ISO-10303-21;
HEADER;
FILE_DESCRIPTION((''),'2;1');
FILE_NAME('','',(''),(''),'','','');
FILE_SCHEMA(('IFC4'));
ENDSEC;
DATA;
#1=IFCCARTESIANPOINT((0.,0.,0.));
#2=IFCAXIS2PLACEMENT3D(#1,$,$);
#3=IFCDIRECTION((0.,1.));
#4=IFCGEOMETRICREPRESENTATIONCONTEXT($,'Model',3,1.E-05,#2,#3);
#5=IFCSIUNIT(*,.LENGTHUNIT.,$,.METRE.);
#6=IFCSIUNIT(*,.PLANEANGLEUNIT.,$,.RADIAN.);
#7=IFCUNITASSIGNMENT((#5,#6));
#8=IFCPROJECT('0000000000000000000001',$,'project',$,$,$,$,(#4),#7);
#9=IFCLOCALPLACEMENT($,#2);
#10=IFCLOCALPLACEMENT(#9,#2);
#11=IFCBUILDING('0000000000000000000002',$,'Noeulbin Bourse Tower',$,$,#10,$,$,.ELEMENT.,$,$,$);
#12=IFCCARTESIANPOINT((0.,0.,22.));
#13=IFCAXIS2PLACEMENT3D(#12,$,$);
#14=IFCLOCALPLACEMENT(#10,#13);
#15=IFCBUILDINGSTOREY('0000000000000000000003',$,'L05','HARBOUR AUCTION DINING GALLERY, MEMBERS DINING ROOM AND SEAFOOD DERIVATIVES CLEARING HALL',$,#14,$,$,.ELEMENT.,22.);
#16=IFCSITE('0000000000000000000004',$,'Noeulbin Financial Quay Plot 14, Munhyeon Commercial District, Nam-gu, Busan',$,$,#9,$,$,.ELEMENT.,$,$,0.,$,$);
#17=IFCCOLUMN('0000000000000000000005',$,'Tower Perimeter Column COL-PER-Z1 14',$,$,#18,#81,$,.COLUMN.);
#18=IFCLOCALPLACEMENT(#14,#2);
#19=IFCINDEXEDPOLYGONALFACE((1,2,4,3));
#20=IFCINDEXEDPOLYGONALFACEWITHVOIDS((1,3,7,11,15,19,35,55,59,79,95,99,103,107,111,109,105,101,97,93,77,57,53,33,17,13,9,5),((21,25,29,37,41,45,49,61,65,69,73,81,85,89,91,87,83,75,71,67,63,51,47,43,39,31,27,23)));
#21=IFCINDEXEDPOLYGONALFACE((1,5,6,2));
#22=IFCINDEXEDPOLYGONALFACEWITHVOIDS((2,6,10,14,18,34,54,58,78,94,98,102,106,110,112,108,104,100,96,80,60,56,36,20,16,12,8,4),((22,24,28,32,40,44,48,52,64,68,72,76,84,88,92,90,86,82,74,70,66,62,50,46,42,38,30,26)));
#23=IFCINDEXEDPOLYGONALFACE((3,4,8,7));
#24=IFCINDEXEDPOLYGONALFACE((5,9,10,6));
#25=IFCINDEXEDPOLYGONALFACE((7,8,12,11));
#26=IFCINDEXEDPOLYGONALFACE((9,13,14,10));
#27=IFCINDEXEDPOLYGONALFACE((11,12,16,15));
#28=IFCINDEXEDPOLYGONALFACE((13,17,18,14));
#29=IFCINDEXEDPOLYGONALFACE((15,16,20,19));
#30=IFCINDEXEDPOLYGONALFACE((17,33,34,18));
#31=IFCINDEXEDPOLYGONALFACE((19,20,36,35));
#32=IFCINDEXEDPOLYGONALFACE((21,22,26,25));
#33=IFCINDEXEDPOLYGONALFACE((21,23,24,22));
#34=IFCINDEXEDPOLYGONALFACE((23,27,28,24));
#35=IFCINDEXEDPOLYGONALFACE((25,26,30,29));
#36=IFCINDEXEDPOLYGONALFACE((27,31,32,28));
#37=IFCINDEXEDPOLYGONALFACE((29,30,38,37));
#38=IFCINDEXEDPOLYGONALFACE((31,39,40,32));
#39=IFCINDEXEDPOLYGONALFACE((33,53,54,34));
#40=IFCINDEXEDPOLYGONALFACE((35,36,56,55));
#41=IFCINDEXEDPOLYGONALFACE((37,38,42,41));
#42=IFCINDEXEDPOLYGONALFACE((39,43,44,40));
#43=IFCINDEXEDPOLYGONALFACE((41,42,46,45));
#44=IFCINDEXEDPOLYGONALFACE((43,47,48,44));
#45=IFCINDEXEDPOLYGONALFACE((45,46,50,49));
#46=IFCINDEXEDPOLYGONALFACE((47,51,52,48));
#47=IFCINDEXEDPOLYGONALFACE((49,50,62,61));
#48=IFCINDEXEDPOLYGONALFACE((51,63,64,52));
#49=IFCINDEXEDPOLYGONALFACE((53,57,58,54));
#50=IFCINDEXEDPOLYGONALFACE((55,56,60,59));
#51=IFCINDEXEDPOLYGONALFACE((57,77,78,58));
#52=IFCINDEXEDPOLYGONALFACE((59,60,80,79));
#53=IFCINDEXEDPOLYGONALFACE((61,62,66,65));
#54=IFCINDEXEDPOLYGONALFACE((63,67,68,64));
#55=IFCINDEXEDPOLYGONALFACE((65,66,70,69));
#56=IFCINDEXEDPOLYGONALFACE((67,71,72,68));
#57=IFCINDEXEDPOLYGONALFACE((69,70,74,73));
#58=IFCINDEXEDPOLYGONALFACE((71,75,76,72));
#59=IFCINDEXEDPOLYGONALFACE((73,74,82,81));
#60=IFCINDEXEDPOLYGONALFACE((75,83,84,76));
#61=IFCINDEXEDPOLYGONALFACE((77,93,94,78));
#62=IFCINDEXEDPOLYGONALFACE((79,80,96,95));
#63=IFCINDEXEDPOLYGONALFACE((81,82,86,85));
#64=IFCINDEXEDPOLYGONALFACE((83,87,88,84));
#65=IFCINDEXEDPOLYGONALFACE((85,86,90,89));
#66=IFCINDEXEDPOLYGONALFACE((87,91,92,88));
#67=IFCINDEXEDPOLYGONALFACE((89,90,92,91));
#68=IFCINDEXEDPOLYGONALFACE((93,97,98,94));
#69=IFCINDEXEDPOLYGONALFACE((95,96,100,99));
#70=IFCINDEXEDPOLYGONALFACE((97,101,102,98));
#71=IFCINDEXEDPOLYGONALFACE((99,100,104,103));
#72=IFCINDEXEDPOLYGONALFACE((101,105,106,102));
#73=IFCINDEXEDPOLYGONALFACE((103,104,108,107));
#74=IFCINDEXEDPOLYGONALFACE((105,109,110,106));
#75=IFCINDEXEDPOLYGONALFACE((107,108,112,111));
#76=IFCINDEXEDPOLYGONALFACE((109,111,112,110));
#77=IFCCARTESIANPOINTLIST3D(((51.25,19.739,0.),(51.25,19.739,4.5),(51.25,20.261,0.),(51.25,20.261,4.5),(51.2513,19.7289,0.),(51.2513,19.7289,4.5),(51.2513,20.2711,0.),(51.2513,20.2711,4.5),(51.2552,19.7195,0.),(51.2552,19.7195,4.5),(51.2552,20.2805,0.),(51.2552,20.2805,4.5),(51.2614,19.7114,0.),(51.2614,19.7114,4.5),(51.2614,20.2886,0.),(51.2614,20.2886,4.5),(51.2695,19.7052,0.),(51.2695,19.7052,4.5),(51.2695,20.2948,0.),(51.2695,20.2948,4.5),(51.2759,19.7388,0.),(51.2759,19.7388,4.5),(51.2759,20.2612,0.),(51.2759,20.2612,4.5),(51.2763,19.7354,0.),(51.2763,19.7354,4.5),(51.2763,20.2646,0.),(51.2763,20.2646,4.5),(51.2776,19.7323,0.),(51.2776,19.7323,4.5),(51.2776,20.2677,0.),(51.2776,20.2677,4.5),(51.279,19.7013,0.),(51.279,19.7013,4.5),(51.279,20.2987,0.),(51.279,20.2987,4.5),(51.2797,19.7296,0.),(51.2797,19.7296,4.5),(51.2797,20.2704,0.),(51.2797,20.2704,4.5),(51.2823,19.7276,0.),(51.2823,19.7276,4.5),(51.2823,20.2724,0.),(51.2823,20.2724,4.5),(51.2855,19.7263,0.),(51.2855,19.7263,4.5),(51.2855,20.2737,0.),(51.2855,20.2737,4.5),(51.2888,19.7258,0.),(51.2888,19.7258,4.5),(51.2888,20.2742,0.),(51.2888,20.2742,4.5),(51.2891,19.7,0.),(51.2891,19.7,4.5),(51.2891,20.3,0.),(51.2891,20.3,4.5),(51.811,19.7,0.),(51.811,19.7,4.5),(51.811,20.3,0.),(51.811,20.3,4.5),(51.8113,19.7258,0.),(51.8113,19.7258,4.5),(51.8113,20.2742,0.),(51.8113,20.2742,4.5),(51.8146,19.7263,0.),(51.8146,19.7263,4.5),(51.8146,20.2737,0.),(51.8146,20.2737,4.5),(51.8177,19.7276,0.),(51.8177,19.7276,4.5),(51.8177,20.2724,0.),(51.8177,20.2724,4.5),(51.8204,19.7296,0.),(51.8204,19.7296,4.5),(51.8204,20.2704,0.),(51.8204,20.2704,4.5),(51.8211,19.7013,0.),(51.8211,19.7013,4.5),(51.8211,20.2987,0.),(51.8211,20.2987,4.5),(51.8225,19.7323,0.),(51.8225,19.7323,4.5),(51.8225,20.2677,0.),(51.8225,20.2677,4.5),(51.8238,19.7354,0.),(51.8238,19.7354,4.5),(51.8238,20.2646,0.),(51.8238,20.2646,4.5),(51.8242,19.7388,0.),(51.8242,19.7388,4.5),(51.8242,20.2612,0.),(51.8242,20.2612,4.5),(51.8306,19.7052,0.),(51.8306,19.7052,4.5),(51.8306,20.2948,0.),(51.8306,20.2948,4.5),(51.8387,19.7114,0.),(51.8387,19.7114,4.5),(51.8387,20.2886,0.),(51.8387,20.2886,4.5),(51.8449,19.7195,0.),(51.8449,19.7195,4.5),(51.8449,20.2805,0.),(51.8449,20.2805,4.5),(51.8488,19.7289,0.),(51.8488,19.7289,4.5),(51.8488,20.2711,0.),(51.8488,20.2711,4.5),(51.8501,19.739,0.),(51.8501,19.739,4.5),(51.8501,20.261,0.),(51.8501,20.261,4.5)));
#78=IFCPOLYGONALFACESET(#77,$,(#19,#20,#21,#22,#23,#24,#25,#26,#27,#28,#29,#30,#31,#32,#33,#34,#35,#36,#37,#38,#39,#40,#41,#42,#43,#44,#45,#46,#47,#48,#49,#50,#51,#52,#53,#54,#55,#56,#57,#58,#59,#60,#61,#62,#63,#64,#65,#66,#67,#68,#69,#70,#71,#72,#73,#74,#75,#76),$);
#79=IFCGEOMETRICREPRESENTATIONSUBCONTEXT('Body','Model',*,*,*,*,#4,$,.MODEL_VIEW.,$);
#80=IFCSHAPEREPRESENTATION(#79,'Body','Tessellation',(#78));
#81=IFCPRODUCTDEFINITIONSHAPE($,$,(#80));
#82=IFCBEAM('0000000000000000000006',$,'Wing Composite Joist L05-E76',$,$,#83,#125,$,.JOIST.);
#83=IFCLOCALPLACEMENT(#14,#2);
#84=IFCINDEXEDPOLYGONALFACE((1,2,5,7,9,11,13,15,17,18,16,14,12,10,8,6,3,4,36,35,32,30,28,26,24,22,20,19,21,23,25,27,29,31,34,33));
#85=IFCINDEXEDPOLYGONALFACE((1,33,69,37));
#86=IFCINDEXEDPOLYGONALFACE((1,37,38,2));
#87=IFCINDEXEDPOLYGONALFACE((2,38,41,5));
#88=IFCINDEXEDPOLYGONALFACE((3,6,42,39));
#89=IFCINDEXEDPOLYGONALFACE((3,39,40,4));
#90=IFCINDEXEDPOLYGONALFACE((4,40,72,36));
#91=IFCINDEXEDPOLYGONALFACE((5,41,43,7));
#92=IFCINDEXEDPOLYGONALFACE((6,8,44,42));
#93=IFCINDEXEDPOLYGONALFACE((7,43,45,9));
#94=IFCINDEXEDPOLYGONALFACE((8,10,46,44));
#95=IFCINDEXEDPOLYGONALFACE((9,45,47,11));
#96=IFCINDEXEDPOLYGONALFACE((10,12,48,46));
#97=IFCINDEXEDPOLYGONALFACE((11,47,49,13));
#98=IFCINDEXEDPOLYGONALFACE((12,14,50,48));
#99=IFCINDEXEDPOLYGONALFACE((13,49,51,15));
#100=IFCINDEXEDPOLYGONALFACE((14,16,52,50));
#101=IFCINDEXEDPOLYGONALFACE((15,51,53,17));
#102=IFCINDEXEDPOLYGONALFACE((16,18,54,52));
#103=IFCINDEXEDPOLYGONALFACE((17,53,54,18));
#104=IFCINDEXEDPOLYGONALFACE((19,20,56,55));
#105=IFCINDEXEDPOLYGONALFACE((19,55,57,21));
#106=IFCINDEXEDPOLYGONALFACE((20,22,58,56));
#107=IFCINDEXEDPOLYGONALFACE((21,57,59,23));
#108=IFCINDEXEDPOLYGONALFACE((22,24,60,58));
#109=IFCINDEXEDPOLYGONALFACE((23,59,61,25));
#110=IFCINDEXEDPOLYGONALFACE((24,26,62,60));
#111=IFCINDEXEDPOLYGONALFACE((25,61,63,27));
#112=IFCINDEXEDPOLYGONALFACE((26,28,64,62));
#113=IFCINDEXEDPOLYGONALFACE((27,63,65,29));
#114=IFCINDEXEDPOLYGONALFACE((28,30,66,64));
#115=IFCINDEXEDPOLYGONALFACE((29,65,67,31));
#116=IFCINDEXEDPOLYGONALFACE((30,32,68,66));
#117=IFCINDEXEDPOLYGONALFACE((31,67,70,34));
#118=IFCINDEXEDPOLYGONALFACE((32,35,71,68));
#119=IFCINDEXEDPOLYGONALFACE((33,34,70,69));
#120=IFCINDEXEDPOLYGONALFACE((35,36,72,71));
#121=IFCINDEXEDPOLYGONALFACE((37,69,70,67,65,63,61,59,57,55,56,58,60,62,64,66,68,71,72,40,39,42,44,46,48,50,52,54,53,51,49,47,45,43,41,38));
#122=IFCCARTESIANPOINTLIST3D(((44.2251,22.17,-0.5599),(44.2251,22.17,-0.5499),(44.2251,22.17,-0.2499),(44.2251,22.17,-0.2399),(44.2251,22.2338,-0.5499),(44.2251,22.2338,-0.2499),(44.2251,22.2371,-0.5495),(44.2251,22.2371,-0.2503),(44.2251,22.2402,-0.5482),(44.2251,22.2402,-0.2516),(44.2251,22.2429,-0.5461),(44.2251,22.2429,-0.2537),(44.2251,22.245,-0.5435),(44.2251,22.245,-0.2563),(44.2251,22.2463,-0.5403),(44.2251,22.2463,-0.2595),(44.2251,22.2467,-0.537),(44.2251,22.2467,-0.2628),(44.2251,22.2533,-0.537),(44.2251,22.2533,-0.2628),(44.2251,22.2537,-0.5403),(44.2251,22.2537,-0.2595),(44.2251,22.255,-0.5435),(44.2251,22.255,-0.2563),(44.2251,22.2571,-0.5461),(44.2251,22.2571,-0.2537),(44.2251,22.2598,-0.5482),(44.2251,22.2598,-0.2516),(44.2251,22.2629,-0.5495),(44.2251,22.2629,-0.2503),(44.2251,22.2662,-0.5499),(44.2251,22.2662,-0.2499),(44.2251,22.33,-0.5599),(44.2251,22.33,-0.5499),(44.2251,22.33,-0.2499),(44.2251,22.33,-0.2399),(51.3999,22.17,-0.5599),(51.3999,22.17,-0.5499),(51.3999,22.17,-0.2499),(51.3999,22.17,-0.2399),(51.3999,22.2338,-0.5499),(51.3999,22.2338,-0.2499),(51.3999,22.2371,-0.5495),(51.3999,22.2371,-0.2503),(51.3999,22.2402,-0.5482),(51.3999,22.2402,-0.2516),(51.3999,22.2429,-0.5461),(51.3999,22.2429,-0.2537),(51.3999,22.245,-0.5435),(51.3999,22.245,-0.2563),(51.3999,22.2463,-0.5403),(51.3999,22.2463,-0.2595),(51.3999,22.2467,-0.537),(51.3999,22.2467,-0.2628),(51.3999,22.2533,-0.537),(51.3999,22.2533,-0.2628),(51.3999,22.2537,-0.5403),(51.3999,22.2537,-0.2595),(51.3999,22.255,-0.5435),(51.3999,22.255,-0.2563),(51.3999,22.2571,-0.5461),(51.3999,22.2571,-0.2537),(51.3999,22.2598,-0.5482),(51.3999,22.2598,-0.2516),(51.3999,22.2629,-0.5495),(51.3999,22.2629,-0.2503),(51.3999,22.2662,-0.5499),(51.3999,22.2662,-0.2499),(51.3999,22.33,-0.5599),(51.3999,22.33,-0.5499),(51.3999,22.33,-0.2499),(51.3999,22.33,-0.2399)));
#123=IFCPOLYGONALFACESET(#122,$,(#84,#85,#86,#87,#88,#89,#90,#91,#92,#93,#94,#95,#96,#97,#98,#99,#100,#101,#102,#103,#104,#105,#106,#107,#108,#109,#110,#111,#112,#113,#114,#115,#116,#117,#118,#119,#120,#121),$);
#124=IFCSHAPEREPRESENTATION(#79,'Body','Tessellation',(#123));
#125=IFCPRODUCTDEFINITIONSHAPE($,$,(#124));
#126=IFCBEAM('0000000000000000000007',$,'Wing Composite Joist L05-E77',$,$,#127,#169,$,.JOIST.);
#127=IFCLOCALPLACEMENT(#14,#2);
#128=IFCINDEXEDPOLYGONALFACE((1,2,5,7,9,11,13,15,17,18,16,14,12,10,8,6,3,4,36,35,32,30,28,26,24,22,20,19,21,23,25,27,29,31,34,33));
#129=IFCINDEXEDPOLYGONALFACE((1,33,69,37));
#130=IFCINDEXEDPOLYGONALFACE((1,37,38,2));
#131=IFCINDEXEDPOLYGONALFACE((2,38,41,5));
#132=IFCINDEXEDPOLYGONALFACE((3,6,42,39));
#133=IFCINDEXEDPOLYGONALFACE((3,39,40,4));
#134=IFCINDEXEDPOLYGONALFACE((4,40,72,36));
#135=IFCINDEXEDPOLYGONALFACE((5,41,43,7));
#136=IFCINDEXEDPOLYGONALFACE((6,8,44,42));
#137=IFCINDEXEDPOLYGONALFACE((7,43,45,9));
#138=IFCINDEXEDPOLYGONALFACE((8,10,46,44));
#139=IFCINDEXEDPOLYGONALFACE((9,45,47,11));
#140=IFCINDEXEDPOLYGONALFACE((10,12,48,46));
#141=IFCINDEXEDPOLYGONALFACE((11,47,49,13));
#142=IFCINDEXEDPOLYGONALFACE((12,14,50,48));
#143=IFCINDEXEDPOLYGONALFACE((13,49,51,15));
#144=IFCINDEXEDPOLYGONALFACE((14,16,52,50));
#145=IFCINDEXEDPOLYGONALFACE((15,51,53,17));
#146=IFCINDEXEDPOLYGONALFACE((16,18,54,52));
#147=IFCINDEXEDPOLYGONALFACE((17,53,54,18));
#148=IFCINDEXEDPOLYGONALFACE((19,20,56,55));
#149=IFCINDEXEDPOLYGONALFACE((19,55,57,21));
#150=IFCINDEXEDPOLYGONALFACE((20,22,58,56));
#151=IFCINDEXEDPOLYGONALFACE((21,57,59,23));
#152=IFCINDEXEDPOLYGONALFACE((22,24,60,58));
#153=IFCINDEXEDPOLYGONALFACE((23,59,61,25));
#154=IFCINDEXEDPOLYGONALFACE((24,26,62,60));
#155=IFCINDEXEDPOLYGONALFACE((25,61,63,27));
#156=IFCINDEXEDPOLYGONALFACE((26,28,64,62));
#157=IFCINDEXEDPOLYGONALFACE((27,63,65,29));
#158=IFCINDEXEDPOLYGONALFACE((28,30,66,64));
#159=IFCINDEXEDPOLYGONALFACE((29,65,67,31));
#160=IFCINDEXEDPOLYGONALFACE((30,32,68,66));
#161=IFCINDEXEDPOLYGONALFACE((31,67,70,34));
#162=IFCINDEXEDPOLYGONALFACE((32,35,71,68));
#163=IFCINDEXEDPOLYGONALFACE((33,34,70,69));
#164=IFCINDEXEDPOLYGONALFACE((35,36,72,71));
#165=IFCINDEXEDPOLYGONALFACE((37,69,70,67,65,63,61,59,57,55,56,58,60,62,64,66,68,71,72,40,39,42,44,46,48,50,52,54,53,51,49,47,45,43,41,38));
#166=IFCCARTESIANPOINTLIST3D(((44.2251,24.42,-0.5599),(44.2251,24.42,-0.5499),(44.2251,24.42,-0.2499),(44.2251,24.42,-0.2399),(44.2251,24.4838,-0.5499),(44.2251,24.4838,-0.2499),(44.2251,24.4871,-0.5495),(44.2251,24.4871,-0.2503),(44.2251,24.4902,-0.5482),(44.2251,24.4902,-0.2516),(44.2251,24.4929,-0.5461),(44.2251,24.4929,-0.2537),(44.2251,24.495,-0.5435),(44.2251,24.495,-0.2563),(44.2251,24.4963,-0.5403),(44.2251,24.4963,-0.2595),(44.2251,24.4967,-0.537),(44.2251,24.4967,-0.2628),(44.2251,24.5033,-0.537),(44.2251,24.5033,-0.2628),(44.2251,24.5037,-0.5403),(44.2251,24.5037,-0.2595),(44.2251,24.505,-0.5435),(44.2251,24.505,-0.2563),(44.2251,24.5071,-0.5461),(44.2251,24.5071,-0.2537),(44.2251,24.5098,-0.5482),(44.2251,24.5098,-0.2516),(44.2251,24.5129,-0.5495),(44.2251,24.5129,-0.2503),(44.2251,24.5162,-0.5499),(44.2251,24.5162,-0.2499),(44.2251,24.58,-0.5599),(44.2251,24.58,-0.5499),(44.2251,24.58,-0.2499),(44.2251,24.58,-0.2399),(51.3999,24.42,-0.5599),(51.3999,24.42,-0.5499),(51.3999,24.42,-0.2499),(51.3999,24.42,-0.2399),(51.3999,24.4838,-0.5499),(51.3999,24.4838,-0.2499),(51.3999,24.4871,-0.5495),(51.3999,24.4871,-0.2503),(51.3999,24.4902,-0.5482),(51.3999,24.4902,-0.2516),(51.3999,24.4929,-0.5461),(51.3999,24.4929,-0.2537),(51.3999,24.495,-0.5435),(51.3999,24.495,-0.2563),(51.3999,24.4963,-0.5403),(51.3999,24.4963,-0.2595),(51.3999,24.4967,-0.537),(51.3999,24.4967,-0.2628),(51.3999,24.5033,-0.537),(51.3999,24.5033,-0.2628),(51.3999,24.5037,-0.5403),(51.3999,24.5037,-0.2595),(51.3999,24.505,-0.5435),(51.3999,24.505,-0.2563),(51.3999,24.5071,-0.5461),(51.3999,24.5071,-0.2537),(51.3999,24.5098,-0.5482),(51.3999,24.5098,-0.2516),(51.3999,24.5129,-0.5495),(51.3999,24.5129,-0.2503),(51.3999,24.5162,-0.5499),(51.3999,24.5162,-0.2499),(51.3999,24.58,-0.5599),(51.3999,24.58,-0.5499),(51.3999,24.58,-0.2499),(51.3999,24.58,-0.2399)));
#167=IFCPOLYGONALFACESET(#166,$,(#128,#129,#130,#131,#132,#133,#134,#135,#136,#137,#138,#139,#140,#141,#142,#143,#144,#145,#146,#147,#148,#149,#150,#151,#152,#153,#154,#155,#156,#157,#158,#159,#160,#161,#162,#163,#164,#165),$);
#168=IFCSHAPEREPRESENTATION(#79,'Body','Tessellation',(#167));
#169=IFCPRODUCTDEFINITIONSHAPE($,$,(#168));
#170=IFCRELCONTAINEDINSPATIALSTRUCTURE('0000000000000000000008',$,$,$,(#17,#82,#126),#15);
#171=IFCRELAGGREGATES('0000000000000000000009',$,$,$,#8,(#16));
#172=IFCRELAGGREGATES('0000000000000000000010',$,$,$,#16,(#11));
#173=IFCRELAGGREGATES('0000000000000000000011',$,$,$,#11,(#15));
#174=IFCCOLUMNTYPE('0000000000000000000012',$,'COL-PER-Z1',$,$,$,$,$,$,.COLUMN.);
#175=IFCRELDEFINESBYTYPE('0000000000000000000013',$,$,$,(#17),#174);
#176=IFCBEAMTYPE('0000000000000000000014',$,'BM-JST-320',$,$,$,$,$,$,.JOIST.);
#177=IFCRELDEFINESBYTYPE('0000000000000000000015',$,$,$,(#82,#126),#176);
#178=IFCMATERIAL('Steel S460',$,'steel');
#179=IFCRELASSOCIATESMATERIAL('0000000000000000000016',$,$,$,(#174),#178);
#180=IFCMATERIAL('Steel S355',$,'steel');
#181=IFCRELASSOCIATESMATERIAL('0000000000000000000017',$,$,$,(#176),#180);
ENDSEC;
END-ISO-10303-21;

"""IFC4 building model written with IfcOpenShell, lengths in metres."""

from ifc_helpers import new_model, si_unit, direction, frame, origin, origin_2d, place, context, subcontext, project, spatial, hollow_rectangle, i_section, extrude, material, material_profile, profile_set, type_object, element, save


model = new_model("IFC4")

# Units and contexts
model_context = context("Model", 3, precision=1e-05, world=origin(), true_north=direction((0.0, 1.0)))
body_context = subcontext(model_context, "Body", "Model", "MODEL_VIEW")
ifc_project = project(units=[si_unit("LENGTHUNIT", "METRE"), si_unit("PLANEANGLEUNIT", "RADIAN")], contexts=[model_context])

# Site, building, storey
site_placement = place(None, origin())
site = spatial("IfcSite", under=ifc_project, at=site_placement, Name="Noeulbin Financial Quay Plot 14, Munhyeon Commercial District, Nam-gu, Busan", CompositionType="ELEMENT", RefElevation=0.0)
building_placement = place(site_placement, origin())
building = spatial("IfcBuilding", under=site, at=building_placement, Name="Noeulbin Bourse Tower", CompositionType="ELEMENT")
storey_placement = place(building_placement, frame((0.0, 0.0, 22.0)))
storey = spatial("IfcBuildingStorey", under=building, at=storey_placement, Name="L05", Description="HARBOUR AUCTION DINING GALLERY, MEMBERS DINING ROOM AND SEAFOOD DERIVATIVES CLEARING HALL", CompositionType="ELEMENT", Elevation=22.0)

# Column
ifc_material_1 = material(Name="Steel S460", Category="steel")
ifc_material_profile_1 = material_profile(ifc_material_1, hollow_rectangle(XDim=0.6001, YDim=0.6001, WallThickness=0.0259, InnerFilletRadius=0.0129, OuterFilletRadius=0.0391, at=origin_2d()), Name="BOX-600x600x26", Category="LoadBearing")
ifc_profile_set_1 = profile_set([ifc_material_profile_1], Name="Steel S460")
column_type = type_object("IfcColumnType", Name="COL-PER-Z1", PredefinedType="COLUMN", material=ifc_profile_set_1)
column_placement = place(storey_placement, frame((51.55, 20.0, 0.0), z_axis=(0.0, 0.0, 1.0), x_axis=(1.0, 0.0, 0.0)))
element("IfcColumn", 1, at=column_placement, inside=storey, type_object=column_type, Name="Tower Perimeter Column COL-PER-Z1 14", PredefinedType="COLUMN", context=body_context, shape_type="SweptSolid", body=[
    extrude(hollow_rectangle(XDim=0.6001, YDim=0.6001, WallThickness=0.0259, InnerFilletRadius=0.0129, OuterFilletRadius=0.0391, at=origin_2d()), origin(), (0.0, 0.0, 1.0), 4.5),
])

# Beams
ifc_material_2 = material(Name="Steel S355", Category="steel")
ifc_material_profile_2 = material_profile(ifc_material_2, i_section(OverallWidth=0.1599, OverallDepth=0.3201, WebThickness=0.0066, FlangeThickness=0.01, FilletRadius=0.0129, at=origin_2d()), Name="H-320x160x6.5x10", Category="LoadBearing")
ifc_profile_set_2 = profile_set([ifc_material_profile_2], Name="Steel S355")
beam_type_1 = type_object("IfcBeamType", Name="BM-JST-320", PredefinedType="JOIST", material=ifc_profile_set_2)
for number, where, z_axis, x_axis, name in (
    (2, (44.2251, 22.25, -0.3999), (1.0, 0.0, 0.0), (0.0, 1.0, 0.0), "Wing Composite Joist L05-E76"),
    (3, (44.2251, 24.5, -0.3999), (1.0, 0.0, 0.0), (0.0, 1.0, 0.0), "Wing Composite Joist L05-E77"),
):
    element("IfcBeam", number, at=place(storey_placement, frame(where, z_axis=z_axis, x_axis=x_axis)), inside=storey, type_object=beam_type_1, Name=name, PredefinedType="JOIST", context=body_context, shape_type="SweptSolid", body=[
        extrude(i_section(OverallWidth=0.1599, OverallDepth=0.3201, WebThickness=0.0066, FlangeThickness=0.01, FilletRadius=0.0129, at=origin_2d()), origin(), (0.0, 0.0, 1.0), 7.1748),
    ])

save(model, "model.ifc")
